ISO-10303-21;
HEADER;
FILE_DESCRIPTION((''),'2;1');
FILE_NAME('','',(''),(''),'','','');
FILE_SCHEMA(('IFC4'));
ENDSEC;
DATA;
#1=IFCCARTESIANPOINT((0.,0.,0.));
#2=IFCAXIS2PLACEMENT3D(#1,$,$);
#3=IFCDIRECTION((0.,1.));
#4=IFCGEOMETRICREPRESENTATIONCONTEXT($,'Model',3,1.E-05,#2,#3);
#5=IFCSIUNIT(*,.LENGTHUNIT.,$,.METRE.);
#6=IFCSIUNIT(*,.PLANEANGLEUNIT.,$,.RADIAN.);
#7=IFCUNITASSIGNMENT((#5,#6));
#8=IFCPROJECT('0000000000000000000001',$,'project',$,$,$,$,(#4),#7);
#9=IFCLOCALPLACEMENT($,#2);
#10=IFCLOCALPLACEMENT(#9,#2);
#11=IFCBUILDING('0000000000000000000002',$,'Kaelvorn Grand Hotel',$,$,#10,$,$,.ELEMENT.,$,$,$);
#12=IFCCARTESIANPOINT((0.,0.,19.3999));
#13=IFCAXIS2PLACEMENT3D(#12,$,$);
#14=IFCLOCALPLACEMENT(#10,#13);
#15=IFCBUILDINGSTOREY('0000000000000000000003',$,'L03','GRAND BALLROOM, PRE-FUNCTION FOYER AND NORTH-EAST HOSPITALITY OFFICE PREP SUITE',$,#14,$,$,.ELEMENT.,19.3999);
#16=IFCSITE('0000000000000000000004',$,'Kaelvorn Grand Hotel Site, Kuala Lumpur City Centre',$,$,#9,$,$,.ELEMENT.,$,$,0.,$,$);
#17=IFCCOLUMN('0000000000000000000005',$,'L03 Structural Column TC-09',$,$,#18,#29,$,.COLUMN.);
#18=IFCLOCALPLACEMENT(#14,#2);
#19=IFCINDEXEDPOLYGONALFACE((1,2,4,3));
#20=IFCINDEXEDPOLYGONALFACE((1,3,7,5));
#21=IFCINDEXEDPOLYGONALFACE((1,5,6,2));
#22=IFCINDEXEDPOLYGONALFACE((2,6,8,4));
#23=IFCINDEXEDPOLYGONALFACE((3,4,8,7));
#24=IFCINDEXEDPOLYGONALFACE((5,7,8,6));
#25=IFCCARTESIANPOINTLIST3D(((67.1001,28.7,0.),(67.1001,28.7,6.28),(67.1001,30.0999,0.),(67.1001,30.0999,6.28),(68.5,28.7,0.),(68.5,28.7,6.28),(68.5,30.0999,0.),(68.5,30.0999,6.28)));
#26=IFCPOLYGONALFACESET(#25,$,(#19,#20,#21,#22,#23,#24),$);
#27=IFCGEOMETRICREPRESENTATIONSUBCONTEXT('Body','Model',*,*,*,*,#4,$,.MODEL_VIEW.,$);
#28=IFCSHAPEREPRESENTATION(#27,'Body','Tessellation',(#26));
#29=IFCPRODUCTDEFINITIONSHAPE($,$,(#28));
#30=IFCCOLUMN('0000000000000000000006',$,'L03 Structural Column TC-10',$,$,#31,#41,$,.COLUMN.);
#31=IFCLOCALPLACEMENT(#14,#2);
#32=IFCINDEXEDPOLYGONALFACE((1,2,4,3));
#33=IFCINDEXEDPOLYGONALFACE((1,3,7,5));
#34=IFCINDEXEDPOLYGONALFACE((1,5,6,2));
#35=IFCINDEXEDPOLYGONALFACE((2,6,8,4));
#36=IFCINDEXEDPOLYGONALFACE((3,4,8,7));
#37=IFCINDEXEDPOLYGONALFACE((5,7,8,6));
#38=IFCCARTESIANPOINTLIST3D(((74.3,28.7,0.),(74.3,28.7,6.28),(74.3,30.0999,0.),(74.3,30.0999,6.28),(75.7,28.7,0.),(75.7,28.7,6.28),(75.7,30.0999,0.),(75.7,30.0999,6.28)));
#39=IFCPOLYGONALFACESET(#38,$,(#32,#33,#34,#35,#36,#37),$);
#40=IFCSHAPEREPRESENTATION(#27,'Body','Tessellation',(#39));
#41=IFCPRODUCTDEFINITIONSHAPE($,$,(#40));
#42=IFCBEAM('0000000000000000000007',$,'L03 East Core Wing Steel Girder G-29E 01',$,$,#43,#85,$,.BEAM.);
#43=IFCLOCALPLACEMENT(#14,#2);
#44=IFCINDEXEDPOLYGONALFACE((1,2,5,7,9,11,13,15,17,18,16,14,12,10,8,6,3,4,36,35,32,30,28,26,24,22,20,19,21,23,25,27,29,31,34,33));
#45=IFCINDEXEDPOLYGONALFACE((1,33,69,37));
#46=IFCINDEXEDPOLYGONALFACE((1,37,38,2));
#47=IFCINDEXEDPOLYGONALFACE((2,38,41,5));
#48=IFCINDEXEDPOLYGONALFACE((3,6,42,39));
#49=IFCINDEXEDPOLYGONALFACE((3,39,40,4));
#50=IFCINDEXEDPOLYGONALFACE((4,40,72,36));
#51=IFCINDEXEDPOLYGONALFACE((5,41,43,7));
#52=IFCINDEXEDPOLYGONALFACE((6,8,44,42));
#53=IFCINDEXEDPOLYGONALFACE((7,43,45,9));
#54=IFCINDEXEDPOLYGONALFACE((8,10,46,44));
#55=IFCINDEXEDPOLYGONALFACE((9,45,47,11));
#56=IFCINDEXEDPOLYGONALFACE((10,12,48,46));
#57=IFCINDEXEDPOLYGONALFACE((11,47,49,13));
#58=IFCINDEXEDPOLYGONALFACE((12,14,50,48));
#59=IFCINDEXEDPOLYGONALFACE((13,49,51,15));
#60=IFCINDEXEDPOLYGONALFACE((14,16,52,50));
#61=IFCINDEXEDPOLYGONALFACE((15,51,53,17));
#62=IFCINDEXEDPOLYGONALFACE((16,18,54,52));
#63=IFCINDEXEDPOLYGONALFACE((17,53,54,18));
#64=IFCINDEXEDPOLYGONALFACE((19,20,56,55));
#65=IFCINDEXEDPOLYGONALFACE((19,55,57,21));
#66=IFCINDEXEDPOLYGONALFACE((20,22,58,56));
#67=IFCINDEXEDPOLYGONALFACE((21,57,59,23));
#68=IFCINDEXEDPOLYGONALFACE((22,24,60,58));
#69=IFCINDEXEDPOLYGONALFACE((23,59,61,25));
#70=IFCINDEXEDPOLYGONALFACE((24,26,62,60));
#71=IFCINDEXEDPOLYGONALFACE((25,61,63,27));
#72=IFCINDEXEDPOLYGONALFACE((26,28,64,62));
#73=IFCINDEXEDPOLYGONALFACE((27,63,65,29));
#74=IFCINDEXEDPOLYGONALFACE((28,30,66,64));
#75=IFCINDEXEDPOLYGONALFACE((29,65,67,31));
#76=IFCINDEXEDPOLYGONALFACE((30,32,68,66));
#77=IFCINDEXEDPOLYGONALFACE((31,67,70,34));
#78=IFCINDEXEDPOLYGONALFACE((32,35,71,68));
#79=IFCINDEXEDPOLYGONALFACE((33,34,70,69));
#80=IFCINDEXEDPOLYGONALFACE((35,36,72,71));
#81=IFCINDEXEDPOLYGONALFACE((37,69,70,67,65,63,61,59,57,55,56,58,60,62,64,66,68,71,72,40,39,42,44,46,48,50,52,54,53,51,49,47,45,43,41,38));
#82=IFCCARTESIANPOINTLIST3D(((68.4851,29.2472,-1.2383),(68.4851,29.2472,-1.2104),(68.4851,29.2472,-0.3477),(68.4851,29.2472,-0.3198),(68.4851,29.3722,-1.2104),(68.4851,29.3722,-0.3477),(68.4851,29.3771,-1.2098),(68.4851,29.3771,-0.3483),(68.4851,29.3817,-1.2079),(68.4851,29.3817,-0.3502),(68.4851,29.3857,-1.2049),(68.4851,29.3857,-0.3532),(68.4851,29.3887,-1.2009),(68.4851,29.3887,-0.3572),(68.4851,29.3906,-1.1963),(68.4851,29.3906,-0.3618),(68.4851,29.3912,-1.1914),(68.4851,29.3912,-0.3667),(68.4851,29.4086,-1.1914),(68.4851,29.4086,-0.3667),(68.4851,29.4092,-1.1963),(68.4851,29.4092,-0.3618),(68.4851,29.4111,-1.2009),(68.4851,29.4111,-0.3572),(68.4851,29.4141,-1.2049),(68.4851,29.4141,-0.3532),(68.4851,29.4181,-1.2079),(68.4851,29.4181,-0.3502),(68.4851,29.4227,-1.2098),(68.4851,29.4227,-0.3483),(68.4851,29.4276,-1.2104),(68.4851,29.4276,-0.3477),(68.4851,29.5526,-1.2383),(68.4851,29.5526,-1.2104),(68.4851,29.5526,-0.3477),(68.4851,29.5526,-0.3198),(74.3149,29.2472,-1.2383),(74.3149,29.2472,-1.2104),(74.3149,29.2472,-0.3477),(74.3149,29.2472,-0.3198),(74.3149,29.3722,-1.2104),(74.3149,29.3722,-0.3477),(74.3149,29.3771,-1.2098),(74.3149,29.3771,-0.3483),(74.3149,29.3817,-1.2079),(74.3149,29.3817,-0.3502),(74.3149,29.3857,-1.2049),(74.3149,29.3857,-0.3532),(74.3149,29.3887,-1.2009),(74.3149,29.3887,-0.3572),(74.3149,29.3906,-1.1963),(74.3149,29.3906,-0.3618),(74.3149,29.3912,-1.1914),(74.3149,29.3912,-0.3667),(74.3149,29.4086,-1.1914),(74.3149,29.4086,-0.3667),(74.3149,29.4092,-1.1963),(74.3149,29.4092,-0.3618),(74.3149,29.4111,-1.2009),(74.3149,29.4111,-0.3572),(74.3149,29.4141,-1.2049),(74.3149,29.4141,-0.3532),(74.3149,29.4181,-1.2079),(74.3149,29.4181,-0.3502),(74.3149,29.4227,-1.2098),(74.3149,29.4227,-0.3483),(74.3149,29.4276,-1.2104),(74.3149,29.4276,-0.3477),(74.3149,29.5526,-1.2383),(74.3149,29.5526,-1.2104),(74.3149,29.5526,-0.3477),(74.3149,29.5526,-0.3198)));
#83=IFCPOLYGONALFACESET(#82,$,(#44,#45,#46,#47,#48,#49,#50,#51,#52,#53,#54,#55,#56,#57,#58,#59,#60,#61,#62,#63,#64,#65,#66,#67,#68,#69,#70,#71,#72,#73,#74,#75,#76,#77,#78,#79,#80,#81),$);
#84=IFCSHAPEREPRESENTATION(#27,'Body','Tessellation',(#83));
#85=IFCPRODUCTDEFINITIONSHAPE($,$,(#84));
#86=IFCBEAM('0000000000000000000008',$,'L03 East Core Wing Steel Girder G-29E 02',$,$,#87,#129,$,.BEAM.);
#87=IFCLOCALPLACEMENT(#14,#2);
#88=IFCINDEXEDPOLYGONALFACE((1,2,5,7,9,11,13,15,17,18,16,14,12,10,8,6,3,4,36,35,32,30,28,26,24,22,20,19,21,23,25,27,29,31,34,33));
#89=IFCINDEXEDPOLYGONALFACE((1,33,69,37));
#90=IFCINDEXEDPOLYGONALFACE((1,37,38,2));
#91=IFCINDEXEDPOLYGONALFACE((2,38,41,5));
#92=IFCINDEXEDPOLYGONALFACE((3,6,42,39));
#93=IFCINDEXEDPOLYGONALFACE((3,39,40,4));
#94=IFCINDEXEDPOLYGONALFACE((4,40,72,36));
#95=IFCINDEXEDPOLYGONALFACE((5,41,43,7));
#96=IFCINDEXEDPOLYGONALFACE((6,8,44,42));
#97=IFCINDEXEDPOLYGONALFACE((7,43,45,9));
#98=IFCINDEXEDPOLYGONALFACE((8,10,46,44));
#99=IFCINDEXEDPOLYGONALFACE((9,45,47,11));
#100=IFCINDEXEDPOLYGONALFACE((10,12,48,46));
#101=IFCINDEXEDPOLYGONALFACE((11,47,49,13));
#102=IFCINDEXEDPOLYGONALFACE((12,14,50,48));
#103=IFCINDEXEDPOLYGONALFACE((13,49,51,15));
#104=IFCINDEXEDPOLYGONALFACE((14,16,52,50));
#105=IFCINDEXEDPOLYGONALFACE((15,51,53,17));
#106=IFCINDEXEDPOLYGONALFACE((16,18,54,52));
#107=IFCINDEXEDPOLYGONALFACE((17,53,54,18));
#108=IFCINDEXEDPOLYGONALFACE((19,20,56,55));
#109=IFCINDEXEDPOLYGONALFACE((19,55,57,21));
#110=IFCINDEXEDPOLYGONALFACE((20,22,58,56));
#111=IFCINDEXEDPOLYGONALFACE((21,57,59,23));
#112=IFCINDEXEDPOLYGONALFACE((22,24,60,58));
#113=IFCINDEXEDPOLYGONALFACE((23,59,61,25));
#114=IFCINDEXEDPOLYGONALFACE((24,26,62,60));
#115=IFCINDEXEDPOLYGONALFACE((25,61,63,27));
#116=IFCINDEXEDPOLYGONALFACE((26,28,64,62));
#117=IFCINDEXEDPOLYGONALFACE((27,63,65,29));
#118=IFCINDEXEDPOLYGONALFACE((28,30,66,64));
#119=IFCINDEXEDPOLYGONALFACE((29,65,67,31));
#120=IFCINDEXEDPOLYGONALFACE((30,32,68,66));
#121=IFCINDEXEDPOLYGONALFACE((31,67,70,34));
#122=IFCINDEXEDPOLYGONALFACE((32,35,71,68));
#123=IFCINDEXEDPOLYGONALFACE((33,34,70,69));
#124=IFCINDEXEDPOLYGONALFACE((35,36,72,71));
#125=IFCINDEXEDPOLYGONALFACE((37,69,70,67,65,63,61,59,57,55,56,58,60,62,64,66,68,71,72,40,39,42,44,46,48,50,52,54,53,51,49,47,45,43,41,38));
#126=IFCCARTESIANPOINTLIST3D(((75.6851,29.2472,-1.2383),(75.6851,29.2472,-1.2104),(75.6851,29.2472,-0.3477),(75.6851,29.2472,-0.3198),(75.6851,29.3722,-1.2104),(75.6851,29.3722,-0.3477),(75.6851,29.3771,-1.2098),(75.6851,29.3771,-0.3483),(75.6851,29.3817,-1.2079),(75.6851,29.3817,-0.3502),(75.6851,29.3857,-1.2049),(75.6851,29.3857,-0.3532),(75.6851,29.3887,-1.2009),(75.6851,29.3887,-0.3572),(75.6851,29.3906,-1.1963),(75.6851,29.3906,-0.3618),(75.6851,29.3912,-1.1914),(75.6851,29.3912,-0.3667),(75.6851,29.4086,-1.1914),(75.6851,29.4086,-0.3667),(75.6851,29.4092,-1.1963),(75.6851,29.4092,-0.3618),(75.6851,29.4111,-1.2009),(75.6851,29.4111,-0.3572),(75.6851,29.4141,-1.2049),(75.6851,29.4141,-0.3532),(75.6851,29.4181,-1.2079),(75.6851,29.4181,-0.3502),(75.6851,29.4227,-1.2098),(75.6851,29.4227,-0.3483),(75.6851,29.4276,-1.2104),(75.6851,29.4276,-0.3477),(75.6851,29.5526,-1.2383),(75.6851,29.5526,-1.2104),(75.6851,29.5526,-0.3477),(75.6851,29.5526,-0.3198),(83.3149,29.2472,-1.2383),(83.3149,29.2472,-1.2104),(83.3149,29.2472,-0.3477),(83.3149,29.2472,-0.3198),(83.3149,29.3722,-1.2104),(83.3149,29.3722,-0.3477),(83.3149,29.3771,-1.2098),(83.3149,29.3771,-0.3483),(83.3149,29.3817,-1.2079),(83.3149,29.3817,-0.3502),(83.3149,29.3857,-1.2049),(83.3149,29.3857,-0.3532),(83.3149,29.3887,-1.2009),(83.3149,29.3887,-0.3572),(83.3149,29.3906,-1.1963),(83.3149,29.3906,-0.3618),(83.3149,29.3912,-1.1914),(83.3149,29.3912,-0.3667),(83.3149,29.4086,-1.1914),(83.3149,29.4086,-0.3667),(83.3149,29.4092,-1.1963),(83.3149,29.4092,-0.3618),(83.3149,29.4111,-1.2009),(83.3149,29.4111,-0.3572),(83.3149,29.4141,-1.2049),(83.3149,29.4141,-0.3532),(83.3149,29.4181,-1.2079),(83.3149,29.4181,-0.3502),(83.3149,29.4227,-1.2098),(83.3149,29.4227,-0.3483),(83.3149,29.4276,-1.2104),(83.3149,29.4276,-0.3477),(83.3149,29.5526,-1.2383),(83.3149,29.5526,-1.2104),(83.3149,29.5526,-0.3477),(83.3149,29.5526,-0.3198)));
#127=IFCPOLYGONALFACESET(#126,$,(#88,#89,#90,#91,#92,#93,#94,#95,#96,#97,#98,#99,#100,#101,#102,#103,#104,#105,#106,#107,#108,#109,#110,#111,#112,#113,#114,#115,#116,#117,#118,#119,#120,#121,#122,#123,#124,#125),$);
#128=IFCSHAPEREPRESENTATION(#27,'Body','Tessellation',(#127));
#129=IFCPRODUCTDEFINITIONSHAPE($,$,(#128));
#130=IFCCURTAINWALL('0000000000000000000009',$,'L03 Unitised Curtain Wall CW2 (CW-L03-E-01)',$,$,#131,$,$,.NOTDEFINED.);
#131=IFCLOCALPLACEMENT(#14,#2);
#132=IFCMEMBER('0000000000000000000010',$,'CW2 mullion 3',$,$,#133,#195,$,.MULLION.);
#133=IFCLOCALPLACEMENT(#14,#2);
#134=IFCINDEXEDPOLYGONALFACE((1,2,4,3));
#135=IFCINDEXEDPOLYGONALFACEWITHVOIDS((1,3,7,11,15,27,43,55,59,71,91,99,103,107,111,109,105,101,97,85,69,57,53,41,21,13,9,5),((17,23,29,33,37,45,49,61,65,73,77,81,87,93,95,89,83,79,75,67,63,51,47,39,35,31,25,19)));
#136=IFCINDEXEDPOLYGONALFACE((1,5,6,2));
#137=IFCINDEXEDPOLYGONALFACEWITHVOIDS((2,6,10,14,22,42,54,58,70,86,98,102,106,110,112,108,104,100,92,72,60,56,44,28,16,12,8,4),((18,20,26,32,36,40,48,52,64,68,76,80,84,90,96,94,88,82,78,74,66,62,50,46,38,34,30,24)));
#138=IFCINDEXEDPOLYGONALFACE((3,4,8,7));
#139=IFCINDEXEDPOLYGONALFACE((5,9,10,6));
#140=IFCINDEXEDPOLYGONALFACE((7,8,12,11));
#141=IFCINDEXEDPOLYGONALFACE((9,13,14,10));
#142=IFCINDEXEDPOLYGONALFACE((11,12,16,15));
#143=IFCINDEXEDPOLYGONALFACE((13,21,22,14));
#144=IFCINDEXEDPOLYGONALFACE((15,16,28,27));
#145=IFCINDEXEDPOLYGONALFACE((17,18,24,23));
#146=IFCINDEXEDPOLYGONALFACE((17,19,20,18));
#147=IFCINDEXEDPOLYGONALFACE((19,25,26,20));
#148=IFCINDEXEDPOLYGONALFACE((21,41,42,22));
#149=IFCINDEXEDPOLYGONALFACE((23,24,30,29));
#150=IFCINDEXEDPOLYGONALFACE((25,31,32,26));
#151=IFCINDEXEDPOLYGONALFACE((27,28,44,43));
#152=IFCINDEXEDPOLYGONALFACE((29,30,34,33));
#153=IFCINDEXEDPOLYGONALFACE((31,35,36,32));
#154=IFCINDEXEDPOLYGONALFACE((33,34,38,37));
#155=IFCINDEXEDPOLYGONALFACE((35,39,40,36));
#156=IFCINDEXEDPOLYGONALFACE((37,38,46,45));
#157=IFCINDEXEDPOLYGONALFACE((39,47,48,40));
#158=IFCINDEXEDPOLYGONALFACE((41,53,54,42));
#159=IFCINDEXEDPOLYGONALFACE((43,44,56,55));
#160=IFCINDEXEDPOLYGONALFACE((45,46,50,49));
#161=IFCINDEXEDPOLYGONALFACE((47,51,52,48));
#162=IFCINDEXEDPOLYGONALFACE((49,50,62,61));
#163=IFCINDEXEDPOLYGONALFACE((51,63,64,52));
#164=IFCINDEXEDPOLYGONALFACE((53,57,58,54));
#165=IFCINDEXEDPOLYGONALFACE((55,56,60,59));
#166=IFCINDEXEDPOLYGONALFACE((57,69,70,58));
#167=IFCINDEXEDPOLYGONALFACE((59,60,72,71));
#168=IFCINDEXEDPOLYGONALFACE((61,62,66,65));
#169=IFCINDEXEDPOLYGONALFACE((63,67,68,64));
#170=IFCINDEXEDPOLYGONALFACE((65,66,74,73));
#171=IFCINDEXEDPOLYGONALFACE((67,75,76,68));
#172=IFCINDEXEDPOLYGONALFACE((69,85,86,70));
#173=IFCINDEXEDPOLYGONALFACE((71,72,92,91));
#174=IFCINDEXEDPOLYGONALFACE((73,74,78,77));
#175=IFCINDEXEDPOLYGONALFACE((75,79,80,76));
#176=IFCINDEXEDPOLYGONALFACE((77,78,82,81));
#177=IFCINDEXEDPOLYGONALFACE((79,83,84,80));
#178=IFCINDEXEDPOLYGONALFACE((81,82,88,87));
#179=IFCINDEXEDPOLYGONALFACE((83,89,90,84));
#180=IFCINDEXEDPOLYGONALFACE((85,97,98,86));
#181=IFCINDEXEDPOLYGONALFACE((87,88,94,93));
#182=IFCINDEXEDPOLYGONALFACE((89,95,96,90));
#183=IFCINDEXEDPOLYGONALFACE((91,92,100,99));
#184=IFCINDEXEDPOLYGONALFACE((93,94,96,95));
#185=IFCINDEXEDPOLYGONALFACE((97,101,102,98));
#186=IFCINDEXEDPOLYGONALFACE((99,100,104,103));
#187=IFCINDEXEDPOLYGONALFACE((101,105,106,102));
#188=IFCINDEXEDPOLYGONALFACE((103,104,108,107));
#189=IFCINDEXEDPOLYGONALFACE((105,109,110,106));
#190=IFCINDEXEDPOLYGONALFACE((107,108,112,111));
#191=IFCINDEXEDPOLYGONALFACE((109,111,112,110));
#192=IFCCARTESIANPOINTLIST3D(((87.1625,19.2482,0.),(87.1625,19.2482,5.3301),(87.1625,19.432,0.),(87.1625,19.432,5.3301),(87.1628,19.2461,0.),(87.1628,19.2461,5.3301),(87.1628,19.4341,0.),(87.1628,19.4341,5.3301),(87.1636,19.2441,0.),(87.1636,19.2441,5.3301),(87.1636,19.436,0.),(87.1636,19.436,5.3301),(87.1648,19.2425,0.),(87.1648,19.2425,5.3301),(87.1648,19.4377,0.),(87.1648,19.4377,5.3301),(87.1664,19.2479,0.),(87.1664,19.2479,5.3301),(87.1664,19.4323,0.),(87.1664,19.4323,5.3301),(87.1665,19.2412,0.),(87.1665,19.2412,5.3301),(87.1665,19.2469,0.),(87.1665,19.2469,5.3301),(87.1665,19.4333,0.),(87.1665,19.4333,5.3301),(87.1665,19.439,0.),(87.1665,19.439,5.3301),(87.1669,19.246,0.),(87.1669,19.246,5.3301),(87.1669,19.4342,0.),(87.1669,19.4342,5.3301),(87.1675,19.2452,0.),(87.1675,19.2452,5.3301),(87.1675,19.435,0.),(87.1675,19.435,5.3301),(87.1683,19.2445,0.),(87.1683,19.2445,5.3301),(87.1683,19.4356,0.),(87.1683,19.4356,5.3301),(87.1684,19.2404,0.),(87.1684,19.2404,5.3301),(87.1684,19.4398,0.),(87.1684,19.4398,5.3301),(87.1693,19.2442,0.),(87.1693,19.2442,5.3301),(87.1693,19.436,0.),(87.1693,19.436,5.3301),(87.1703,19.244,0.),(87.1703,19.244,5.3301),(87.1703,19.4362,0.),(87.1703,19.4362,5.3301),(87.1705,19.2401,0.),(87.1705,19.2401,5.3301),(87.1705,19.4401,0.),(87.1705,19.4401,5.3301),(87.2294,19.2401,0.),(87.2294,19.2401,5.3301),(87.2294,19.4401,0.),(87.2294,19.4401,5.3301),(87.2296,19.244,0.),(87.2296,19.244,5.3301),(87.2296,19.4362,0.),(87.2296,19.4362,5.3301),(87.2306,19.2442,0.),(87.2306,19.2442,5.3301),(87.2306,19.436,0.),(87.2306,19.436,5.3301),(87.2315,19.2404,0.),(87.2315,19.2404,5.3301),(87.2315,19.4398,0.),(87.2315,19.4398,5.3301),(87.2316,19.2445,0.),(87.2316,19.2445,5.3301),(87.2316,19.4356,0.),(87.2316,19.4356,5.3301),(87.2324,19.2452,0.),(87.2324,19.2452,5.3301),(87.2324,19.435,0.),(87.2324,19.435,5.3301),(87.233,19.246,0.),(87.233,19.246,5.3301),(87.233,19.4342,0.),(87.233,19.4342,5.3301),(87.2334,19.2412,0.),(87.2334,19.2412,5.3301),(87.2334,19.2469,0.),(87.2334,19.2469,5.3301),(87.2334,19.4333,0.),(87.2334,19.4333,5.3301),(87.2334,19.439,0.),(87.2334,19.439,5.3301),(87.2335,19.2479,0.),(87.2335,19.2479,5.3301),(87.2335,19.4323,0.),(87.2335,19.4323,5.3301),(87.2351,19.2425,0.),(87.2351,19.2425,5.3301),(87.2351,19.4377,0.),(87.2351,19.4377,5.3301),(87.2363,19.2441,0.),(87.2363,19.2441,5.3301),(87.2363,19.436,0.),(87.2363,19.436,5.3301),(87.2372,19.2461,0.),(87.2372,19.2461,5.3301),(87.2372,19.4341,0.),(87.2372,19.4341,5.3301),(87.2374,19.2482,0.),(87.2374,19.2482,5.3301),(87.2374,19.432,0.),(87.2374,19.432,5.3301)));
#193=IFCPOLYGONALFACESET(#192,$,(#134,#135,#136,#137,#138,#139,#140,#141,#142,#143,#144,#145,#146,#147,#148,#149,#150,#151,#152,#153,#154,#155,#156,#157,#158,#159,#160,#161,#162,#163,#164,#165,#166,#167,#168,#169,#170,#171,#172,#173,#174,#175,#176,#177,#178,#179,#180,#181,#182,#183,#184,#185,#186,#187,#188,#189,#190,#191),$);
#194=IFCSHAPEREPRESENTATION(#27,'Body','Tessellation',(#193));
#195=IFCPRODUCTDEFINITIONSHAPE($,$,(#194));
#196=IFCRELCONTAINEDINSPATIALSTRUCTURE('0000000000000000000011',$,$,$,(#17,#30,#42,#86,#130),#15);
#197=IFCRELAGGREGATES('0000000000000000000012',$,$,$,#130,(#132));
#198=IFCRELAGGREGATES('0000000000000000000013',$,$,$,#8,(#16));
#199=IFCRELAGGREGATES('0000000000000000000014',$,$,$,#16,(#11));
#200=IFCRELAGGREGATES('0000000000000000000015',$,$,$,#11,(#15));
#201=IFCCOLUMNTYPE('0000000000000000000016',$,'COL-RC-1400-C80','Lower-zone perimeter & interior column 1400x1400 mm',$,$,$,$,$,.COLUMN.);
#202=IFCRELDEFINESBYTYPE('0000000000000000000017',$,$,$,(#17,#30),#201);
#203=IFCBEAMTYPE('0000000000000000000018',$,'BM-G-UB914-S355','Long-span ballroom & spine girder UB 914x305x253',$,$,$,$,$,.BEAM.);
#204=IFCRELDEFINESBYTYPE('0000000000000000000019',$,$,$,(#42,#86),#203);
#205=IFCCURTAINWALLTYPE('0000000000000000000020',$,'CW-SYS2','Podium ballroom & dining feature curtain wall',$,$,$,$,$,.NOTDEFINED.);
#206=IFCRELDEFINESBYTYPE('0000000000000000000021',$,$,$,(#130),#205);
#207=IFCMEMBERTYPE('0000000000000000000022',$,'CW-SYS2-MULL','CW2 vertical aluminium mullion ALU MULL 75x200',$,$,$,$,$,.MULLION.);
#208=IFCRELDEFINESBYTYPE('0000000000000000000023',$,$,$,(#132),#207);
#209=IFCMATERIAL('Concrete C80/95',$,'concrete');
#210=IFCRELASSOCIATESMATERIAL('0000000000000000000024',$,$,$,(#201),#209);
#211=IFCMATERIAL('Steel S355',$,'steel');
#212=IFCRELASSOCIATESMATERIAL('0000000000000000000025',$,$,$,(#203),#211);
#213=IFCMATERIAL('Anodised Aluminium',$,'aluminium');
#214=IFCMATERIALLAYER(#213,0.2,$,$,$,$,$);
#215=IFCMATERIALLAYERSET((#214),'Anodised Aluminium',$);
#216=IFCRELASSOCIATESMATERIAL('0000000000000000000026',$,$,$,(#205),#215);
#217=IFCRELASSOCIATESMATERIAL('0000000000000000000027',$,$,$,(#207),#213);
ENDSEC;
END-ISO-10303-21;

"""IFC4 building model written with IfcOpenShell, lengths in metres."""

from ifc_helpers import new_model, si_unit, direction, frame, origin, origin_2d, place, context, subcontext, project, spatial, rectangle, hollow_rectangle, i_section, extrude, material, layer, layer_set, material_profile, profile_set, type_object, element, aggregate, save


model = new_model("IFC4")

# Units and contexts
model_context = context("Model", 3, precision=1e-05, world=origin(), true_north=direction((0.0, 1.0)))
body_context = subcontext(model_context, "Body", "Model", "MODEL_VIEW")
ifc_project = project(units=[si_unit("LENGTHUNIT", "METRE"), si_unit("PLANEANGLEUNIT", "RADIAN")], contexts=[model_context])

# Site, building, storey
site_placement = place(None, origin())
site = spatial("IfcSite", under=ifc_project, at=site_placement, Name="Kaelvorn Grand Hotel Site, Kuala Lumpur City Centre", CompositionType="ELEMENT", RefElevation=0.0)
building_placement = place(site_placement, origin())
building = spatial("IfcBuilding", under=site, at=building_placement, Name="Kaelvorn Grand Hotel", CompositionType="ELEMENT")
storey_placement = place(building_placement, frame((0.0, 0.0, 19.3999)))
storey = spatial("IfcBuildingStorey", under=building, at=storey_placement, Name="L03", Description="GRAND BALLROOM, PRE-FUNCTION FOYER AND NORTH-EAST HOSPITALITY OFFICE PREP SUITE", CompositionType="ELEMENT", Elevation=19.3999)

# Columns
ifc_material_1 = material(Name="Concrete C80/95", Category="concrete")
ifc_material_profile_1 = material_profile(ifc_material_1, rectangle(XDim=1.3999, YDim=1.3999, at=origin_2d()), Name="RC COL 1400x1400")
ifc_profile_set_1 = profile_set([ifc_material_profile_1], Name="Concrete C80/95")
column_type = type_object("IfcColumnType", Name="COL-RC-1400-C80", Description="Lower-zone perimeter & interior column 1400x1400 mm", PredefinedType="COLUMN", material=ifc_profile_set_1)
for number, where, z_axis, x_axis, name in (
    (1, (67.8, 29.3999, 0.0), (0.0, 0.0, 1.0), (1.0, 0.0, 0.0), "L03 Structural Column TC-09"),
    (2, (75.0, 29.3999, 0.0), (0.0, 0.0, 1.0), (1.0, 0.0, 0.0), "L03 Structural Column TC-10"),
):
    element("IfcColumn", number, at=place(storey_placement, frame(where, z_axis=z_axis, x_axis=x_axis)), inside=storey, type_object=column_type, Name=name, PredefinedType="COLUMN", context=body_context, shape_type="SweptSolid", body=[
        extrude(rectangle(XDim=1.3999, YDim=1.3999, at=origin_2d()), origin(), (0.0, 0.0, 1.0), 6.28),
    ])

# Beams
ifc_material_2 = material(Name="Steel S355", Category="steel")
ifc_material_profile_2 = material_profile(ifc_material_2, i_section(OverallWidth=0.3054, OverallDepth=0.9185, WebThickness=0.0173, FlangeThickness=0.0278, FilletRadius=0.019, at=origin_2d()), Name="UB 914x305x253")
ifc_profile_set_2 = profile_set([ifc_material_profile_2], Name="Steel S355")
beam_type = type_object("IfcBeamType", Name="BM-G-UB914-S355", Description="Long-span ballroom & spine girder UB 914x305x253", PredefinedType="BEAM", material=ifc_profile_set_2)
beam_1_placement = place(storey_placement, frame((68.4851, 29.3999, -0.7791), z_axis=(1.0, 0.0, 0.0), x_axis=(0.0, 1.0, 0.0)))
element("IfcBeam", 3, at=beam_1_placement, inside=storey, type_object=beam_type, Name="L03 East Core Wing Steel Girder G-29E 01", PredefinedType="BEAM", context=body_context, shape_type="SweptSolid", body=[
    extrude(i_section(OverallWidth=0.3054, OverallDepth=0.9185, WebThickness=0.0173, FlangeThickness=0.0278, FilletRadius=0.019, at=origin_2d()), origin(), (0.0, 0.0, 1.0), 5.8298),
])
beam_2_placement = place(storey_placement, frame((75.6851, 29.3999, -0.7791), z_axis=(1.0, 0.0, 0.0), x_axis=(0.0, 1.0, 0.0)))
element("IfcBeam", 4, at=beam_2_placement, inside=storey, type_object=beam_type, Name="L03 East Core Wing Steel Girder G-29E 02", PredefinedType="BEAM", context=body_context, shape_type="SweptSolid", body=[
    extrude(i_section(OverallWidth=0.3054, OverallDepth=0.9185, WebThickness=0.0173, FlangeThickness=0.0278, FilletRadius=0.019, at=origin_2d()), origin(), (0.0, 0.0, 1.0), 7.6299),
])

# Curtain wall, member
ifc_material_3 = material(Name="Anodised Aluminium", Category="aluminium")
ifc_layer_1 = layer(ifc_material_3, 0.2)
ifc_layer_set_1 = layer_set([ifc_layer_1], Name="Anodised Aluminium")
curtain_wall_type = type_object("IfcCurtainWallType", Name="CW-SYS2", Description="Podium ballroom & dining feature curtain wall", PredefinedType="NOTDEFINED", material=ifc_layer_set_1)
curtain_wall_placement = place(storey_placement, origin())
curtain_wall = element("IfcCurtainWall", 5, at=curtain_wall_placement, inside=storey, type_object=curtain_wall_type, Name="L03 Unitised Curtain Wall CW2 (CW-L03-E-01)", PredefinedType="NOTDEFINED")
ifc_material_profile_3 = material_profile(ifc_material_3, hollow_rectangle(XDim=0.075, YDim=0.2, WallThickness=0.0039, InnerFilletRadius=0.0039, OuterFilletRadius=0.0081, at=origin_2d()), Name="ALU MULL 75x200")
ifc_profile_set_3 = profile_set([ifc_material_profile_3], Name="Anodised Aluminium")
member_type_1 = type_object("IfcMemberType", Name="CW-SYS2-MULL", Description="CW2 vertical aluminium mullion ALU MULL 75x200", PredefinedType="MULLION", material=ifc_profile_set_3)
member_1_placement = place(storey_placement, frame((87.2, 19.3401, 0.0), z_axis=(0.0, 0.0, 1.0), x_axis=(-1.0, 0.0, 0.0)))
member_1 = element("IfcMember", 6, at=member_1_placement, type_object=member_type_1, Name="CW2 mullion 3", PredefinedType="MULLION", context=body_context, shape_type="SweptSolid", body=[
    extrude(hollow_rectangle(XDim=0.075, YDim=0.2, WallThickness=0.0039, InnerFilletRadius=0.0039, OuterFilletRadius=0.0081, at=origin_2d()), origin(), (0.0, 0.0, 1.0), 5.3301),
])
aggregate(curtain_wall, [member_1])

save(model, "model.ifc")
